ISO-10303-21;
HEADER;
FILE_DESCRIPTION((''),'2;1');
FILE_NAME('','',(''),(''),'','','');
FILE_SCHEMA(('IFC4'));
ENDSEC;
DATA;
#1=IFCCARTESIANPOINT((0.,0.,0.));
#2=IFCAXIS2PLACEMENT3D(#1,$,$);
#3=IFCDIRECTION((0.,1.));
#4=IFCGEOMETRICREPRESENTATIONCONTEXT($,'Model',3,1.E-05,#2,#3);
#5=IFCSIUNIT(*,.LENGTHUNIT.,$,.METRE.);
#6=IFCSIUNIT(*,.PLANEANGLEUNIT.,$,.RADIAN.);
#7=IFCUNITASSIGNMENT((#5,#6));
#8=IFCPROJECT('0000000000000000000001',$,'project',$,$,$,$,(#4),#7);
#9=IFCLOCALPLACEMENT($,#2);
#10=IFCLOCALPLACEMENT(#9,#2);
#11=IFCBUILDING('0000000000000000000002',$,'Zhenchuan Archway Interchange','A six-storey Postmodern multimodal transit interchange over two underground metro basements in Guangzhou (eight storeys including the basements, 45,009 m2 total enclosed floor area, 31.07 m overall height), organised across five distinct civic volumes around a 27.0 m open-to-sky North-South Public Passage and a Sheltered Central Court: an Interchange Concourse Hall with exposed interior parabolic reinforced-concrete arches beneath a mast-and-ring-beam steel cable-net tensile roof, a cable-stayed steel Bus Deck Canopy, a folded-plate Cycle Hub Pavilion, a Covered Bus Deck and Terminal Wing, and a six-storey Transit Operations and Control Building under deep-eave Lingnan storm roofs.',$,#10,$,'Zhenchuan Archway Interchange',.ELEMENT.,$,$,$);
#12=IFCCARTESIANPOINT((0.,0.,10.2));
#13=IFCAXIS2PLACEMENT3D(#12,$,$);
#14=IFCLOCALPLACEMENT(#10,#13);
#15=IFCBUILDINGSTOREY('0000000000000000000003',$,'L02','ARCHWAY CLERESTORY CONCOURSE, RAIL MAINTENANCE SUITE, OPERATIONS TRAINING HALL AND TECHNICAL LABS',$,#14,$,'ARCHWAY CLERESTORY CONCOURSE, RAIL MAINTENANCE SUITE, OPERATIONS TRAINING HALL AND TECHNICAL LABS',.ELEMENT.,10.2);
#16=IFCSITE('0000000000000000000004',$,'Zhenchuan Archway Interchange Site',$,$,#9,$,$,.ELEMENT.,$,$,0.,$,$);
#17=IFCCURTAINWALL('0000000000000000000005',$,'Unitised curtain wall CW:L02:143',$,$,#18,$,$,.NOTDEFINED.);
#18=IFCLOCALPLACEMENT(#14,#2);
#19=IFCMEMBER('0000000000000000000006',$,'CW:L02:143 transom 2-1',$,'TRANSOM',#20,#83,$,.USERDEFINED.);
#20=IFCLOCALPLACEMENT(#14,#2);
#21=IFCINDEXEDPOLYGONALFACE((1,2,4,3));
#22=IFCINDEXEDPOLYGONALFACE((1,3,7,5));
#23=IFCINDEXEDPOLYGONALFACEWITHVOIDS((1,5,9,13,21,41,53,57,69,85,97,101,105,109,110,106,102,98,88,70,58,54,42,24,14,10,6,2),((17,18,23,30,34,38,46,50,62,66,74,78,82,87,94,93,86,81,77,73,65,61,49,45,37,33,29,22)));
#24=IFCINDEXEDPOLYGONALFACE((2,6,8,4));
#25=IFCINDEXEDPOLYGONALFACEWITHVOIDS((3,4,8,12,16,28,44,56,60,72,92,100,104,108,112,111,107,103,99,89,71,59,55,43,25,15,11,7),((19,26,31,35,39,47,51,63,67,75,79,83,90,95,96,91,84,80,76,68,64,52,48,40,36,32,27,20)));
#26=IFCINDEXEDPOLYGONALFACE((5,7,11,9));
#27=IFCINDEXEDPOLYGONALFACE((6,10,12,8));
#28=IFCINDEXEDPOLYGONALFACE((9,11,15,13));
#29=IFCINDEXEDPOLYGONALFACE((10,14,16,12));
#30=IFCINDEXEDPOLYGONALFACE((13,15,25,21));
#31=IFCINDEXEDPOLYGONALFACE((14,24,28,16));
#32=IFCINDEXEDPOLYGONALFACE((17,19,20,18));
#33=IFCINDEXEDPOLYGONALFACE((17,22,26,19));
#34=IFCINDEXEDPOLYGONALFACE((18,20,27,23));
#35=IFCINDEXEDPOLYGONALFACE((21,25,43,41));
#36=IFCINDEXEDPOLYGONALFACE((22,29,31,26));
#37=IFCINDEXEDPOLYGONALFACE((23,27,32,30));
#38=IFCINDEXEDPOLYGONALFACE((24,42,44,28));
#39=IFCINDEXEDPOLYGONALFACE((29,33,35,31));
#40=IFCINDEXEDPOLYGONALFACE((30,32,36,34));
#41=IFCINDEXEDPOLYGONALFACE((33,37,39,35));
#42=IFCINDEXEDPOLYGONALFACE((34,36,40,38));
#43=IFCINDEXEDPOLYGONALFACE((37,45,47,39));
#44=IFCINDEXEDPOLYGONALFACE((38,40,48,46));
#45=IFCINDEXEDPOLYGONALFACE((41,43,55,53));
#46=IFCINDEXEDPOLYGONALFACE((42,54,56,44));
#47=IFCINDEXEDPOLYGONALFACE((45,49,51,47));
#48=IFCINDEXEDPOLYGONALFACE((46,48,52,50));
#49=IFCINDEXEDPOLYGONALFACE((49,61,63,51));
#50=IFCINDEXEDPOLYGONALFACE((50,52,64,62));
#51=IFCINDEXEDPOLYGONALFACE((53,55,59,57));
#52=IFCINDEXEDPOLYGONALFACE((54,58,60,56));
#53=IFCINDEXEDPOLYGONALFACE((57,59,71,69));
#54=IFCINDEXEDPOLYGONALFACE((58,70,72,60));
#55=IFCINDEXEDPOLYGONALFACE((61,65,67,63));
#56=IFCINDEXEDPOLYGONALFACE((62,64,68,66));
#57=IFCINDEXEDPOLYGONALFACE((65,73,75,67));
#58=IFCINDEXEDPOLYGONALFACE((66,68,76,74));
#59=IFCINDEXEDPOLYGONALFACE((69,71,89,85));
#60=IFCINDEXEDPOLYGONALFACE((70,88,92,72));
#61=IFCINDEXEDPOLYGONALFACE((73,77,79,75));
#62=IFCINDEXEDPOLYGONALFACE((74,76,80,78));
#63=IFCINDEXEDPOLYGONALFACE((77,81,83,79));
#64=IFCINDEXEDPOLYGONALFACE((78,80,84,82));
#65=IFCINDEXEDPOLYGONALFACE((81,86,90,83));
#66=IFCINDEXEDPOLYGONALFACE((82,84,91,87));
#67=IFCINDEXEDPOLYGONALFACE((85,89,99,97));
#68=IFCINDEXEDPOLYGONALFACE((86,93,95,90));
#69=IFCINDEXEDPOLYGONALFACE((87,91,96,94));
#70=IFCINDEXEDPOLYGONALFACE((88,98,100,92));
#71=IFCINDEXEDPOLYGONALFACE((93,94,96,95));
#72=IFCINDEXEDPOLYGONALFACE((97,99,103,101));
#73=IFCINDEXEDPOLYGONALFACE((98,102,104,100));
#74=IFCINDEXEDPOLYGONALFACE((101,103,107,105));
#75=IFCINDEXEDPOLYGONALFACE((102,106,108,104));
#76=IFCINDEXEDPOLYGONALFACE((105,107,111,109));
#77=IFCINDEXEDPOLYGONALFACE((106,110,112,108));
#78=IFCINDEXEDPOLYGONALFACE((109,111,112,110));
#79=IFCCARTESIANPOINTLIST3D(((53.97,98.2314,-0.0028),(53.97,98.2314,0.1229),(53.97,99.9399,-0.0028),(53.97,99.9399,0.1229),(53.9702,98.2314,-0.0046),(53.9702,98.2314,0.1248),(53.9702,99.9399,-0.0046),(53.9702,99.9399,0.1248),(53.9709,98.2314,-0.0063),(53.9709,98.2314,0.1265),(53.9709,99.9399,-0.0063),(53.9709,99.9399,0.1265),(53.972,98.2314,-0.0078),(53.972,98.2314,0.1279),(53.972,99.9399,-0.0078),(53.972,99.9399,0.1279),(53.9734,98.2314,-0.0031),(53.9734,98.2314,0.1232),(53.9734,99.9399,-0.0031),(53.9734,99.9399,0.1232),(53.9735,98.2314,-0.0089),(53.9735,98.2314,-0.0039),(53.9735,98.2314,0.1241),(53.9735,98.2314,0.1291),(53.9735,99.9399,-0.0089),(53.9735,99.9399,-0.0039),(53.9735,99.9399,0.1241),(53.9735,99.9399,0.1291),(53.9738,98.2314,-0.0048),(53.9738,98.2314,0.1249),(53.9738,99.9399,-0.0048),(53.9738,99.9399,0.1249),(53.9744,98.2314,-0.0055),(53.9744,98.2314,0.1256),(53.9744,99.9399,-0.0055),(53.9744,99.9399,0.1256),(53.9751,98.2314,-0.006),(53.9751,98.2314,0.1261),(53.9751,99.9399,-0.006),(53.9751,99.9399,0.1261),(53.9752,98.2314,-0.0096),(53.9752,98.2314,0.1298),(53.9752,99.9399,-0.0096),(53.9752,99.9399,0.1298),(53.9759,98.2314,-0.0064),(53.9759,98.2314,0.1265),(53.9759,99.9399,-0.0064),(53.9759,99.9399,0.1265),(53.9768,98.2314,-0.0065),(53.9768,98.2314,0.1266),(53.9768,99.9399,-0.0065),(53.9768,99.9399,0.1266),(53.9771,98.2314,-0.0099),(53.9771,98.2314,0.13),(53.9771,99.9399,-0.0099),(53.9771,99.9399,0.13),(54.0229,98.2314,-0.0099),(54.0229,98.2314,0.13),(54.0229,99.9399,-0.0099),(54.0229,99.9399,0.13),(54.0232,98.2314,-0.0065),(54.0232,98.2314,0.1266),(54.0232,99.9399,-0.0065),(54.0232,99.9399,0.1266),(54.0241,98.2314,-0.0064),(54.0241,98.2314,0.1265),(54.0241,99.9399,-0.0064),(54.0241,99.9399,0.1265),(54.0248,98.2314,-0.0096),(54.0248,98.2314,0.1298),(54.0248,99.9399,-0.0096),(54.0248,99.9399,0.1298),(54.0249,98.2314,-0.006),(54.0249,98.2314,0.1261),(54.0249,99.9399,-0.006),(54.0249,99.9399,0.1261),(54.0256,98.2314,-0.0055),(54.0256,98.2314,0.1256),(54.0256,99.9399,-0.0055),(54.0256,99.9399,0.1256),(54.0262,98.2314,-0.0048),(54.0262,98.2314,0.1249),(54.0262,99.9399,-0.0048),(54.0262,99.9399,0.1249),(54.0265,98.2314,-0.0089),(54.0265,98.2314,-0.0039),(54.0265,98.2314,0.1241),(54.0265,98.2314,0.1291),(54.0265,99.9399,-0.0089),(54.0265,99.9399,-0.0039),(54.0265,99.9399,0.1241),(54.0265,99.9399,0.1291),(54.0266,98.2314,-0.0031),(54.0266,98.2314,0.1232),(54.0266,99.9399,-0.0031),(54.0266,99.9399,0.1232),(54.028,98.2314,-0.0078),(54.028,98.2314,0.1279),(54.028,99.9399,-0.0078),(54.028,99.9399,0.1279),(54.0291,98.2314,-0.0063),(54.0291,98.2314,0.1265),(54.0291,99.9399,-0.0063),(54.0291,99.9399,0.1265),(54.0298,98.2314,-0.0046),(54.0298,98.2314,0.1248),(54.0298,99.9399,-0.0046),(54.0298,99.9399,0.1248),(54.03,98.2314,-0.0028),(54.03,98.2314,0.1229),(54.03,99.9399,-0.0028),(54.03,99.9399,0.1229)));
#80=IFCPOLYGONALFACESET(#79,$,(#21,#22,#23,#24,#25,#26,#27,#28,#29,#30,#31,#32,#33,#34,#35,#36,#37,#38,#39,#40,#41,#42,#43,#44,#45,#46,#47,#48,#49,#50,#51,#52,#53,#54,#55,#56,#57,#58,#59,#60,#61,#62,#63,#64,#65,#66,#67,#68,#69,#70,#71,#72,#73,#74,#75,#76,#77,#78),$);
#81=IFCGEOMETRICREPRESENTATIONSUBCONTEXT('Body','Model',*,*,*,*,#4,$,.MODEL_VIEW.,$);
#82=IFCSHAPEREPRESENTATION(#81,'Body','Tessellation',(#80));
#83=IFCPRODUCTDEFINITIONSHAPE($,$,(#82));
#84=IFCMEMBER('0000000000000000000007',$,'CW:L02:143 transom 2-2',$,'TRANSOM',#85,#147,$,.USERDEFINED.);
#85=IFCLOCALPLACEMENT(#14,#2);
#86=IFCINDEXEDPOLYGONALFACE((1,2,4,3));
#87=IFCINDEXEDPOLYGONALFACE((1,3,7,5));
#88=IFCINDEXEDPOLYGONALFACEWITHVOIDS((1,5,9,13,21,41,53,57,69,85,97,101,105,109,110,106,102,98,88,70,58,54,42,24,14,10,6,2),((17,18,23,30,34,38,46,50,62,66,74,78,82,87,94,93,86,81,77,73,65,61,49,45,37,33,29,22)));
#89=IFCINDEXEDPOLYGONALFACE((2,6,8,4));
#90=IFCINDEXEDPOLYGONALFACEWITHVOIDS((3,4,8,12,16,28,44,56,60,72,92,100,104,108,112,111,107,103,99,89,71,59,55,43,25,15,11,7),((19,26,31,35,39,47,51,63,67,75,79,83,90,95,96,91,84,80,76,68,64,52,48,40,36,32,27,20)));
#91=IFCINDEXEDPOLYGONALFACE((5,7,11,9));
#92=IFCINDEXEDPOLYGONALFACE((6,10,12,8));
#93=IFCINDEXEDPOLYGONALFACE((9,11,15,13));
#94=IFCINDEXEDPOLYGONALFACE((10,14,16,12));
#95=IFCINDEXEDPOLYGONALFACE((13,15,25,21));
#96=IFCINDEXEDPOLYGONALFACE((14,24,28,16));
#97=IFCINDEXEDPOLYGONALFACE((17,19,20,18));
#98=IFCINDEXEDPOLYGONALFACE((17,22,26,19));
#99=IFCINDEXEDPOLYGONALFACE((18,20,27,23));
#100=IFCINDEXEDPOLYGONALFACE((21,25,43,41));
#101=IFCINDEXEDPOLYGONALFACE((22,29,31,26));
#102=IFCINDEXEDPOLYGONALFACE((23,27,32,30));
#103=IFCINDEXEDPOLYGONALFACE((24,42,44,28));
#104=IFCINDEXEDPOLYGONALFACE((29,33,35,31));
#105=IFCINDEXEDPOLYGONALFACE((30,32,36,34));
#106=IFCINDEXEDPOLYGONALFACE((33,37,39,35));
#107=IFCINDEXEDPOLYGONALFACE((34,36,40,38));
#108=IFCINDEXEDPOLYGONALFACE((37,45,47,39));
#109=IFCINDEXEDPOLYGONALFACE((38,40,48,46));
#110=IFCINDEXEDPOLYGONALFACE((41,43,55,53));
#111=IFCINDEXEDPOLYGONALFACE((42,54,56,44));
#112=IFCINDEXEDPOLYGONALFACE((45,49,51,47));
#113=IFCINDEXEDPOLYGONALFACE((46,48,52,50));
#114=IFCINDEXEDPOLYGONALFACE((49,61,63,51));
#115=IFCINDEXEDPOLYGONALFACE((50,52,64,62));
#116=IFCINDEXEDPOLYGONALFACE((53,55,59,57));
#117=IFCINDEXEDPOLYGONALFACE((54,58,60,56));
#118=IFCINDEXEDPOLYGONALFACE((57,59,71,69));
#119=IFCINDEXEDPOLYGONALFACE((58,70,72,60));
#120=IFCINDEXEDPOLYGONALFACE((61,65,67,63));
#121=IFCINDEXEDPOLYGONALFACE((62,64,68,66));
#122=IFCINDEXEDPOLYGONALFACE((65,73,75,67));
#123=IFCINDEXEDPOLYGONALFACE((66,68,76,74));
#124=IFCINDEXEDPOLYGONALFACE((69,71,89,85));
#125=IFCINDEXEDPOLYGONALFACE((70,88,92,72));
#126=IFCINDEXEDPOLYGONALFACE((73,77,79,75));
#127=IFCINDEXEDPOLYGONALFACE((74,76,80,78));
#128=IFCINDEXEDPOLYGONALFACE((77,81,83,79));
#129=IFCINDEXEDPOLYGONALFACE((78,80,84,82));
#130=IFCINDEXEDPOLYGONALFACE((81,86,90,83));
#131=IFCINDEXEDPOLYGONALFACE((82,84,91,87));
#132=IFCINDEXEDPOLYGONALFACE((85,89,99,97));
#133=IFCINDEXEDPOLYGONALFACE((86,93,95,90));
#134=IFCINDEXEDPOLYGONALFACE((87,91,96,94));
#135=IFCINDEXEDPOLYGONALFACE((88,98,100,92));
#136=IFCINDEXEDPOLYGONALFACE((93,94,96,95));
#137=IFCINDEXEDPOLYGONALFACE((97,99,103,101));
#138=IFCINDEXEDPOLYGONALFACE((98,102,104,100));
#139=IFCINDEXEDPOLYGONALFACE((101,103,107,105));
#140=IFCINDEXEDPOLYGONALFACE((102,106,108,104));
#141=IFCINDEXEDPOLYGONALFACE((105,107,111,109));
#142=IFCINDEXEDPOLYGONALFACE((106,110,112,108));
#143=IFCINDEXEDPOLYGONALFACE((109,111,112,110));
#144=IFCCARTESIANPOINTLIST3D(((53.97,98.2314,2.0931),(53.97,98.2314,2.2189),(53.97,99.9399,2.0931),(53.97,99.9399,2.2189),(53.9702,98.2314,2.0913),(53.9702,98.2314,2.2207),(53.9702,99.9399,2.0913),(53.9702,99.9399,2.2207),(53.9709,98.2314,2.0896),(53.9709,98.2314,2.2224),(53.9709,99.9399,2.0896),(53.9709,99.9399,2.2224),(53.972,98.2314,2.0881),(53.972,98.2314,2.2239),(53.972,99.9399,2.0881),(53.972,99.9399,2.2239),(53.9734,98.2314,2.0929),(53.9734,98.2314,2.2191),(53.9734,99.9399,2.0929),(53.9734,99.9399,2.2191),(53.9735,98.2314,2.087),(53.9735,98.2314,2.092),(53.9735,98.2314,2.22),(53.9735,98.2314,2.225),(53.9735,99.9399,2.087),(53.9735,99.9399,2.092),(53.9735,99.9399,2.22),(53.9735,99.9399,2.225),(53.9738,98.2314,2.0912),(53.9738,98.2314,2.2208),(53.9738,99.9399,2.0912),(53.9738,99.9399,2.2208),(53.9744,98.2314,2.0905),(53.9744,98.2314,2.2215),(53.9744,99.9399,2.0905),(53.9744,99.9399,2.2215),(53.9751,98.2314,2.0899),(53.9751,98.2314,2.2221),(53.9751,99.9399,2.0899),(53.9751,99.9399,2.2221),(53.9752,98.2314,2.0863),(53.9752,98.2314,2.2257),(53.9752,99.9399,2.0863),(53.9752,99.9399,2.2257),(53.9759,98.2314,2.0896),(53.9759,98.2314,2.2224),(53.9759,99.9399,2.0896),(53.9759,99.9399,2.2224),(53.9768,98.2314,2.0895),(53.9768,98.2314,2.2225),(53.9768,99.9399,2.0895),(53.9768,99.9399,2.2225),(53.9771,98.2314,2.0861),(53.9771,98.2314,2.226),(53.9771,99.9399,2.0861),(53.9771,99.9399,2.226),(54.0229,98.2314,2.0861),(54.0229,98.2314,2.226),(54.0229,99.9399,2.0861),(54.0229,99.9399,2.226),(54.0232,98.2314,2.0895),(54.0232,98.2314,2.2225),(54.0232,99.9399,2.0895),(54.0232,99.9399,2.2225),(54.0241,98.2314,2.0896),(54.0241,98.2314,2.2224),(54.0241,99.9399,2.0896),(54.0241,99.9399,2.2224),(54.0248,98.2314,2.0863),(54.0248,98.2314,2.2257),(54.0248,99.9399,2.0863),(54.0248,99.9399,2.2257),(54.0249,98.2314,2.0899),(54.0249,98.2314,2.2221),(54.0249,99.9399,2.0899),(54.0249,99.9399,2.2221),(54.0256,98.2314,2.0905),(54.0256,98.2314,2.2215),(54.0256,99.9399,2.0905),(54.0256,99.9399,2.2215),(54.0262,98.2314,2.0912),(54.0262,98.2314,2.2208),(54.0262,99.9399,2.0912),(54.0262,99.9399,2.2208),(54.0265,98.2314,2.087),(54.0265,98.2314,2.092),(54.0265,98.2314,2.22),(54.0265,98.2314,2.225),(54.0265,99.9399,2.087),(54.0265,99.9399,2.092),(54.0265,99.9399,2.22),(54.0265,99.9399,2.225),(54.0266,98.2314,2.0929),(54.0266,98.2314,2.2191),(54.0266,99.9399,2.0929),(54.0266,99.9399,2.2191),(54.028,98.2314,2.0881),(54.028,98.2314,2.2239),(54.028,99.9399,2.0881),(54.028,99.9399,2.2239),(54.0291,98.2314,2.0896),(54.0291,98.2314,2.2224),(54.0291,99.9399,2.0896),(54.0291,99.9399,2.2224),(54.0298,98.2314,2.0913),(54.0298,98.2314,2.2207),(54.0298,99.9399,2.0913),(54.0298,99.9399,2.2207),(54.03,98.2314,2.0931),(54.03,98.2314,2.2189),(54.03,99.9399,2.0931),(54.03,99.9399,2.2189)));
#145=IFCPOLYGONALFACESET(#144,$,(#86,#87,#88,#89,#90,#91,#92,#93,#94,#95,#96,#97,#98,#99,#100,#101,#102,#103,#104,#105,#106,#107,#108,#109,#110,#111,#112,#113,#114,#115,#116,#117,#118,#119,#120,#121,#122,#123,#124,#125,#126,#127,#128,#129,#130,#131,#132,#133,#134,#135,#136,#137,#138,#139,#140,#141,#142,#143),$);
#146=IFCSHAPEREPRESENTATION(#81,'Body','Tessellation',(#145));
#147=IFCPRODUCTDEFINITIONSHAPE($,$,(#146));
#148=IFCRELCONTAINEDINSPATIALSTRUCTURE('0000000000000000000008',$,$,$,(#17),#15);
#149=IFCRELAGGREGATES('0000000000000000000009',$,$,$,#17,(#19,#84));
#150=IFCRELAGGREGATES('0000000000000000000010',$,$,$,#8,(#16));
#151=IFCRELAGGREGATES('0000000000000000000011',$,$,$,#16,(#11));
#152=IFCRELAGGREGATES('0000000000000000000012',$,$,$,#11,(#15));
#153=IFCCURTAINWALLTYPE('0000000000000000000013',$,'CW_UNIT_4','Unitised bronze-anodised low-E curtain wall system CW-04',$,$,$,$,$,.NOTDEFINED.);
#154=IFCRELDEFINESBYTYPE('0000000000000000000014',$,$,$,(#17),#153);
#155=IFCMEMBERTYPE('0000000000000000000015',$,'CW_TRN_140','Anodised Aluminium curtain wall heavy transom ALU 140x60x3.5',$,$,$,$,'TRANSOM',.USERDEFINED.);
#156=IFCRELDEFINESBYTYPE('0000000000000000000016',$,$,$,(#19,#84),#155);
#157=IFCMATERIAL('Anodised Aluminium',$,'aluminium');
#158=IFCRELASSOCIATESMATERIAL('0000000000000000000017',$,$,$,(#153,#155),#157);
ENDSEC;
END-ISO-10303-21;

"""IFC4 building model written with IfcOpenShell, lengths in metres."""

from ifc_helpers import new_model, si_unit, direction, frame, origin, origin_2d, place, context, subcontext, project, spatial, hollow_rectangle, extrude, material, material_profile, profile_set, type_object, element, aggregate, save


model = new_model("IFC4")

# Units and contexts
model_context = context("Model", 3, precision=1e-05, world=origin(), true_north=direction((0.0, 1.0)))
body_context = subcontext(model_context, "Body", "Model", "MODEL_VIEW")
ifc_project = project(units=[si_unit("LENGTHUNIT", "METRE"), si_unit("PLANEANGLEUNIT", "RADIAN")], contexts=[model_context])

# Site, building, storey
site_placement = place(None, origin())
site = spatial("IfcSite", under=ifc_project, at=site_placement, Name="Zhenchuan Archway Interchange Site", CompositionType="ELEMENT", RefElevation=0.0)
building_placement = place(site_placement, origin())
building = spatial("IfcBuilding", under=site, at=building_placement, Name="Zhenchuan Archway Interchange", Description="A six-storey Postmodern multimodal transit interchange over two underground metro basements in Guangzhou (eight storeys including the basements, 45,009 m2 total enclosed floor area, 31.07 m overall height), organised across five distinct civic volumes around a 27.0 m open-to-sky North-South Public Passage and a Sheltered Central Court: an Interchange Concourse Hall with exposed interior parabolic reinforced-concrete arches beneath a mast-and-ring-beam steel cable-net tensile roof, a cable-stayed steel Bus Deck Canopy, a folded-plate Cycle Hub Pavilion, a Covered Bus Deck and Terminal Wing, and a six-storey Transit Operations and Control Building under deep-eave Lingnan storm roofs.", LongName="Zhenchuan Archway Interchange", CompositionType="ELEMENT")
storey_placement = place(building_placement, frame((0.0, 0.0, 10.2)))
storey = spatial("IfcBuildingStorey", under=building, at=storey_placement, Name="L02", Description="ARCHWAY CLERESTORY CONCOURSE, RAIL MAINTENANCE SUITE, OPERATIONS TRAINING HALL AND TECHNICAL LABS", LongName="ARCHWAY CLERESTORY CONCOURSE, RAIL MAINTENANCE SUITE, OPERATIONS TRAINING HALL AND TECHNICAL LABS", CompositionType="ELEMENT", Elevation=10.2)

# Curtain wall, members
ifc_material_1 = material(Name="Anodised Aluminium", Category="aluminium")
curtain_wall_type = type_object("IfcCurtainWallType", Name="CW_UNIT_4", Description="Unitised bronze-anodised low-E curtain wall system CW-04", PredefinedType="NOTDEFINED", material=ifc_material_1)
curtain_wall_placement = place(storey_placement, origin())
curtain_wall = element("IfcCurtainWall", 1, at=curtain_wall_placement, inside=storey, type_object=curtain_wall_type, Name="Unitised curtain wall CW:L02:143", PredefinedType="NOTDEFINED")
ifc_material_profile_1 = material_profile(ifc_material_1, hollow_rectangle(XDim=0.0601, YDim=0.1399, WallThickness=0.0034, InnerFilletRadius=0.0034, OuterFilletRadius=0.0071, at=origin_2d()), Name="ALU 140x60x3.5")
ifc_profile_set_1 = profile_set([ifc_material_profile_1], Name="Anodised Aluminium")
member_type_1 = type_object("IfcMemberType", Name="CW_TRN_140", Description="Anodised Aluminium curtain wall heavy transom ALU 140x60x3.5", ElementType="TRANSOM", PredefinedType="USERDEFINED", material=ifc_profile_set_1)
member_1_placement = place(storey_placement, frame((54.0, 99.9399, 0.0601), z_axis=(0.0, -1.0, 0.0), x_axis=(1.0, 0.0, 0.0)))
member_1 = element("IfcMember", 2, at=member_1_placement, type_object=member_type_1, Name="CW:L02:143 transom 2-1", ObjectType="TRANSOM", PredefinedType="USERDEFINED", context=body_context, shape_type="SweptSolid", body=[
    extrude(hollow_rectangle(XDim=0.0601, YDim=0.1399, WallThickness=0.0034, InnerFilletRadius=0.0034, OuterFilletRadius=0.0071, at=origin_2d()), origin(), (0.0, 0.0, 1.0), 1.7085),
])
member_2_placement = place(storey_placement, frame((54.0, 99.9399, 2.156), z_axis=(0.0, -1.0, 0.0), x_axis=(1.0, 0.0, 0.0)))
member_2 = element("IfcMember", 3, at=member_2_placement, type_object=member_type_1, Name="CW:L02:143 transom 2-2", ObjectType="TRANSOM", PredefinedType="USERDEFINED", context=body_context, shape_type="SweptSolid", body=[
    extrude(hollow_rectangle(XDim=0.0601, YDim=0.1399, WallThickness=0.0034, InnerFilletRadius=0.0034, OuterFilletRadius=0.0071, at=origin_2d()), origin(), (0.0, 0.0, 1.0), 1.7085),
])
aggregate(curtain_wall, [member_1, member_2])

save(model, "model.ifc")
